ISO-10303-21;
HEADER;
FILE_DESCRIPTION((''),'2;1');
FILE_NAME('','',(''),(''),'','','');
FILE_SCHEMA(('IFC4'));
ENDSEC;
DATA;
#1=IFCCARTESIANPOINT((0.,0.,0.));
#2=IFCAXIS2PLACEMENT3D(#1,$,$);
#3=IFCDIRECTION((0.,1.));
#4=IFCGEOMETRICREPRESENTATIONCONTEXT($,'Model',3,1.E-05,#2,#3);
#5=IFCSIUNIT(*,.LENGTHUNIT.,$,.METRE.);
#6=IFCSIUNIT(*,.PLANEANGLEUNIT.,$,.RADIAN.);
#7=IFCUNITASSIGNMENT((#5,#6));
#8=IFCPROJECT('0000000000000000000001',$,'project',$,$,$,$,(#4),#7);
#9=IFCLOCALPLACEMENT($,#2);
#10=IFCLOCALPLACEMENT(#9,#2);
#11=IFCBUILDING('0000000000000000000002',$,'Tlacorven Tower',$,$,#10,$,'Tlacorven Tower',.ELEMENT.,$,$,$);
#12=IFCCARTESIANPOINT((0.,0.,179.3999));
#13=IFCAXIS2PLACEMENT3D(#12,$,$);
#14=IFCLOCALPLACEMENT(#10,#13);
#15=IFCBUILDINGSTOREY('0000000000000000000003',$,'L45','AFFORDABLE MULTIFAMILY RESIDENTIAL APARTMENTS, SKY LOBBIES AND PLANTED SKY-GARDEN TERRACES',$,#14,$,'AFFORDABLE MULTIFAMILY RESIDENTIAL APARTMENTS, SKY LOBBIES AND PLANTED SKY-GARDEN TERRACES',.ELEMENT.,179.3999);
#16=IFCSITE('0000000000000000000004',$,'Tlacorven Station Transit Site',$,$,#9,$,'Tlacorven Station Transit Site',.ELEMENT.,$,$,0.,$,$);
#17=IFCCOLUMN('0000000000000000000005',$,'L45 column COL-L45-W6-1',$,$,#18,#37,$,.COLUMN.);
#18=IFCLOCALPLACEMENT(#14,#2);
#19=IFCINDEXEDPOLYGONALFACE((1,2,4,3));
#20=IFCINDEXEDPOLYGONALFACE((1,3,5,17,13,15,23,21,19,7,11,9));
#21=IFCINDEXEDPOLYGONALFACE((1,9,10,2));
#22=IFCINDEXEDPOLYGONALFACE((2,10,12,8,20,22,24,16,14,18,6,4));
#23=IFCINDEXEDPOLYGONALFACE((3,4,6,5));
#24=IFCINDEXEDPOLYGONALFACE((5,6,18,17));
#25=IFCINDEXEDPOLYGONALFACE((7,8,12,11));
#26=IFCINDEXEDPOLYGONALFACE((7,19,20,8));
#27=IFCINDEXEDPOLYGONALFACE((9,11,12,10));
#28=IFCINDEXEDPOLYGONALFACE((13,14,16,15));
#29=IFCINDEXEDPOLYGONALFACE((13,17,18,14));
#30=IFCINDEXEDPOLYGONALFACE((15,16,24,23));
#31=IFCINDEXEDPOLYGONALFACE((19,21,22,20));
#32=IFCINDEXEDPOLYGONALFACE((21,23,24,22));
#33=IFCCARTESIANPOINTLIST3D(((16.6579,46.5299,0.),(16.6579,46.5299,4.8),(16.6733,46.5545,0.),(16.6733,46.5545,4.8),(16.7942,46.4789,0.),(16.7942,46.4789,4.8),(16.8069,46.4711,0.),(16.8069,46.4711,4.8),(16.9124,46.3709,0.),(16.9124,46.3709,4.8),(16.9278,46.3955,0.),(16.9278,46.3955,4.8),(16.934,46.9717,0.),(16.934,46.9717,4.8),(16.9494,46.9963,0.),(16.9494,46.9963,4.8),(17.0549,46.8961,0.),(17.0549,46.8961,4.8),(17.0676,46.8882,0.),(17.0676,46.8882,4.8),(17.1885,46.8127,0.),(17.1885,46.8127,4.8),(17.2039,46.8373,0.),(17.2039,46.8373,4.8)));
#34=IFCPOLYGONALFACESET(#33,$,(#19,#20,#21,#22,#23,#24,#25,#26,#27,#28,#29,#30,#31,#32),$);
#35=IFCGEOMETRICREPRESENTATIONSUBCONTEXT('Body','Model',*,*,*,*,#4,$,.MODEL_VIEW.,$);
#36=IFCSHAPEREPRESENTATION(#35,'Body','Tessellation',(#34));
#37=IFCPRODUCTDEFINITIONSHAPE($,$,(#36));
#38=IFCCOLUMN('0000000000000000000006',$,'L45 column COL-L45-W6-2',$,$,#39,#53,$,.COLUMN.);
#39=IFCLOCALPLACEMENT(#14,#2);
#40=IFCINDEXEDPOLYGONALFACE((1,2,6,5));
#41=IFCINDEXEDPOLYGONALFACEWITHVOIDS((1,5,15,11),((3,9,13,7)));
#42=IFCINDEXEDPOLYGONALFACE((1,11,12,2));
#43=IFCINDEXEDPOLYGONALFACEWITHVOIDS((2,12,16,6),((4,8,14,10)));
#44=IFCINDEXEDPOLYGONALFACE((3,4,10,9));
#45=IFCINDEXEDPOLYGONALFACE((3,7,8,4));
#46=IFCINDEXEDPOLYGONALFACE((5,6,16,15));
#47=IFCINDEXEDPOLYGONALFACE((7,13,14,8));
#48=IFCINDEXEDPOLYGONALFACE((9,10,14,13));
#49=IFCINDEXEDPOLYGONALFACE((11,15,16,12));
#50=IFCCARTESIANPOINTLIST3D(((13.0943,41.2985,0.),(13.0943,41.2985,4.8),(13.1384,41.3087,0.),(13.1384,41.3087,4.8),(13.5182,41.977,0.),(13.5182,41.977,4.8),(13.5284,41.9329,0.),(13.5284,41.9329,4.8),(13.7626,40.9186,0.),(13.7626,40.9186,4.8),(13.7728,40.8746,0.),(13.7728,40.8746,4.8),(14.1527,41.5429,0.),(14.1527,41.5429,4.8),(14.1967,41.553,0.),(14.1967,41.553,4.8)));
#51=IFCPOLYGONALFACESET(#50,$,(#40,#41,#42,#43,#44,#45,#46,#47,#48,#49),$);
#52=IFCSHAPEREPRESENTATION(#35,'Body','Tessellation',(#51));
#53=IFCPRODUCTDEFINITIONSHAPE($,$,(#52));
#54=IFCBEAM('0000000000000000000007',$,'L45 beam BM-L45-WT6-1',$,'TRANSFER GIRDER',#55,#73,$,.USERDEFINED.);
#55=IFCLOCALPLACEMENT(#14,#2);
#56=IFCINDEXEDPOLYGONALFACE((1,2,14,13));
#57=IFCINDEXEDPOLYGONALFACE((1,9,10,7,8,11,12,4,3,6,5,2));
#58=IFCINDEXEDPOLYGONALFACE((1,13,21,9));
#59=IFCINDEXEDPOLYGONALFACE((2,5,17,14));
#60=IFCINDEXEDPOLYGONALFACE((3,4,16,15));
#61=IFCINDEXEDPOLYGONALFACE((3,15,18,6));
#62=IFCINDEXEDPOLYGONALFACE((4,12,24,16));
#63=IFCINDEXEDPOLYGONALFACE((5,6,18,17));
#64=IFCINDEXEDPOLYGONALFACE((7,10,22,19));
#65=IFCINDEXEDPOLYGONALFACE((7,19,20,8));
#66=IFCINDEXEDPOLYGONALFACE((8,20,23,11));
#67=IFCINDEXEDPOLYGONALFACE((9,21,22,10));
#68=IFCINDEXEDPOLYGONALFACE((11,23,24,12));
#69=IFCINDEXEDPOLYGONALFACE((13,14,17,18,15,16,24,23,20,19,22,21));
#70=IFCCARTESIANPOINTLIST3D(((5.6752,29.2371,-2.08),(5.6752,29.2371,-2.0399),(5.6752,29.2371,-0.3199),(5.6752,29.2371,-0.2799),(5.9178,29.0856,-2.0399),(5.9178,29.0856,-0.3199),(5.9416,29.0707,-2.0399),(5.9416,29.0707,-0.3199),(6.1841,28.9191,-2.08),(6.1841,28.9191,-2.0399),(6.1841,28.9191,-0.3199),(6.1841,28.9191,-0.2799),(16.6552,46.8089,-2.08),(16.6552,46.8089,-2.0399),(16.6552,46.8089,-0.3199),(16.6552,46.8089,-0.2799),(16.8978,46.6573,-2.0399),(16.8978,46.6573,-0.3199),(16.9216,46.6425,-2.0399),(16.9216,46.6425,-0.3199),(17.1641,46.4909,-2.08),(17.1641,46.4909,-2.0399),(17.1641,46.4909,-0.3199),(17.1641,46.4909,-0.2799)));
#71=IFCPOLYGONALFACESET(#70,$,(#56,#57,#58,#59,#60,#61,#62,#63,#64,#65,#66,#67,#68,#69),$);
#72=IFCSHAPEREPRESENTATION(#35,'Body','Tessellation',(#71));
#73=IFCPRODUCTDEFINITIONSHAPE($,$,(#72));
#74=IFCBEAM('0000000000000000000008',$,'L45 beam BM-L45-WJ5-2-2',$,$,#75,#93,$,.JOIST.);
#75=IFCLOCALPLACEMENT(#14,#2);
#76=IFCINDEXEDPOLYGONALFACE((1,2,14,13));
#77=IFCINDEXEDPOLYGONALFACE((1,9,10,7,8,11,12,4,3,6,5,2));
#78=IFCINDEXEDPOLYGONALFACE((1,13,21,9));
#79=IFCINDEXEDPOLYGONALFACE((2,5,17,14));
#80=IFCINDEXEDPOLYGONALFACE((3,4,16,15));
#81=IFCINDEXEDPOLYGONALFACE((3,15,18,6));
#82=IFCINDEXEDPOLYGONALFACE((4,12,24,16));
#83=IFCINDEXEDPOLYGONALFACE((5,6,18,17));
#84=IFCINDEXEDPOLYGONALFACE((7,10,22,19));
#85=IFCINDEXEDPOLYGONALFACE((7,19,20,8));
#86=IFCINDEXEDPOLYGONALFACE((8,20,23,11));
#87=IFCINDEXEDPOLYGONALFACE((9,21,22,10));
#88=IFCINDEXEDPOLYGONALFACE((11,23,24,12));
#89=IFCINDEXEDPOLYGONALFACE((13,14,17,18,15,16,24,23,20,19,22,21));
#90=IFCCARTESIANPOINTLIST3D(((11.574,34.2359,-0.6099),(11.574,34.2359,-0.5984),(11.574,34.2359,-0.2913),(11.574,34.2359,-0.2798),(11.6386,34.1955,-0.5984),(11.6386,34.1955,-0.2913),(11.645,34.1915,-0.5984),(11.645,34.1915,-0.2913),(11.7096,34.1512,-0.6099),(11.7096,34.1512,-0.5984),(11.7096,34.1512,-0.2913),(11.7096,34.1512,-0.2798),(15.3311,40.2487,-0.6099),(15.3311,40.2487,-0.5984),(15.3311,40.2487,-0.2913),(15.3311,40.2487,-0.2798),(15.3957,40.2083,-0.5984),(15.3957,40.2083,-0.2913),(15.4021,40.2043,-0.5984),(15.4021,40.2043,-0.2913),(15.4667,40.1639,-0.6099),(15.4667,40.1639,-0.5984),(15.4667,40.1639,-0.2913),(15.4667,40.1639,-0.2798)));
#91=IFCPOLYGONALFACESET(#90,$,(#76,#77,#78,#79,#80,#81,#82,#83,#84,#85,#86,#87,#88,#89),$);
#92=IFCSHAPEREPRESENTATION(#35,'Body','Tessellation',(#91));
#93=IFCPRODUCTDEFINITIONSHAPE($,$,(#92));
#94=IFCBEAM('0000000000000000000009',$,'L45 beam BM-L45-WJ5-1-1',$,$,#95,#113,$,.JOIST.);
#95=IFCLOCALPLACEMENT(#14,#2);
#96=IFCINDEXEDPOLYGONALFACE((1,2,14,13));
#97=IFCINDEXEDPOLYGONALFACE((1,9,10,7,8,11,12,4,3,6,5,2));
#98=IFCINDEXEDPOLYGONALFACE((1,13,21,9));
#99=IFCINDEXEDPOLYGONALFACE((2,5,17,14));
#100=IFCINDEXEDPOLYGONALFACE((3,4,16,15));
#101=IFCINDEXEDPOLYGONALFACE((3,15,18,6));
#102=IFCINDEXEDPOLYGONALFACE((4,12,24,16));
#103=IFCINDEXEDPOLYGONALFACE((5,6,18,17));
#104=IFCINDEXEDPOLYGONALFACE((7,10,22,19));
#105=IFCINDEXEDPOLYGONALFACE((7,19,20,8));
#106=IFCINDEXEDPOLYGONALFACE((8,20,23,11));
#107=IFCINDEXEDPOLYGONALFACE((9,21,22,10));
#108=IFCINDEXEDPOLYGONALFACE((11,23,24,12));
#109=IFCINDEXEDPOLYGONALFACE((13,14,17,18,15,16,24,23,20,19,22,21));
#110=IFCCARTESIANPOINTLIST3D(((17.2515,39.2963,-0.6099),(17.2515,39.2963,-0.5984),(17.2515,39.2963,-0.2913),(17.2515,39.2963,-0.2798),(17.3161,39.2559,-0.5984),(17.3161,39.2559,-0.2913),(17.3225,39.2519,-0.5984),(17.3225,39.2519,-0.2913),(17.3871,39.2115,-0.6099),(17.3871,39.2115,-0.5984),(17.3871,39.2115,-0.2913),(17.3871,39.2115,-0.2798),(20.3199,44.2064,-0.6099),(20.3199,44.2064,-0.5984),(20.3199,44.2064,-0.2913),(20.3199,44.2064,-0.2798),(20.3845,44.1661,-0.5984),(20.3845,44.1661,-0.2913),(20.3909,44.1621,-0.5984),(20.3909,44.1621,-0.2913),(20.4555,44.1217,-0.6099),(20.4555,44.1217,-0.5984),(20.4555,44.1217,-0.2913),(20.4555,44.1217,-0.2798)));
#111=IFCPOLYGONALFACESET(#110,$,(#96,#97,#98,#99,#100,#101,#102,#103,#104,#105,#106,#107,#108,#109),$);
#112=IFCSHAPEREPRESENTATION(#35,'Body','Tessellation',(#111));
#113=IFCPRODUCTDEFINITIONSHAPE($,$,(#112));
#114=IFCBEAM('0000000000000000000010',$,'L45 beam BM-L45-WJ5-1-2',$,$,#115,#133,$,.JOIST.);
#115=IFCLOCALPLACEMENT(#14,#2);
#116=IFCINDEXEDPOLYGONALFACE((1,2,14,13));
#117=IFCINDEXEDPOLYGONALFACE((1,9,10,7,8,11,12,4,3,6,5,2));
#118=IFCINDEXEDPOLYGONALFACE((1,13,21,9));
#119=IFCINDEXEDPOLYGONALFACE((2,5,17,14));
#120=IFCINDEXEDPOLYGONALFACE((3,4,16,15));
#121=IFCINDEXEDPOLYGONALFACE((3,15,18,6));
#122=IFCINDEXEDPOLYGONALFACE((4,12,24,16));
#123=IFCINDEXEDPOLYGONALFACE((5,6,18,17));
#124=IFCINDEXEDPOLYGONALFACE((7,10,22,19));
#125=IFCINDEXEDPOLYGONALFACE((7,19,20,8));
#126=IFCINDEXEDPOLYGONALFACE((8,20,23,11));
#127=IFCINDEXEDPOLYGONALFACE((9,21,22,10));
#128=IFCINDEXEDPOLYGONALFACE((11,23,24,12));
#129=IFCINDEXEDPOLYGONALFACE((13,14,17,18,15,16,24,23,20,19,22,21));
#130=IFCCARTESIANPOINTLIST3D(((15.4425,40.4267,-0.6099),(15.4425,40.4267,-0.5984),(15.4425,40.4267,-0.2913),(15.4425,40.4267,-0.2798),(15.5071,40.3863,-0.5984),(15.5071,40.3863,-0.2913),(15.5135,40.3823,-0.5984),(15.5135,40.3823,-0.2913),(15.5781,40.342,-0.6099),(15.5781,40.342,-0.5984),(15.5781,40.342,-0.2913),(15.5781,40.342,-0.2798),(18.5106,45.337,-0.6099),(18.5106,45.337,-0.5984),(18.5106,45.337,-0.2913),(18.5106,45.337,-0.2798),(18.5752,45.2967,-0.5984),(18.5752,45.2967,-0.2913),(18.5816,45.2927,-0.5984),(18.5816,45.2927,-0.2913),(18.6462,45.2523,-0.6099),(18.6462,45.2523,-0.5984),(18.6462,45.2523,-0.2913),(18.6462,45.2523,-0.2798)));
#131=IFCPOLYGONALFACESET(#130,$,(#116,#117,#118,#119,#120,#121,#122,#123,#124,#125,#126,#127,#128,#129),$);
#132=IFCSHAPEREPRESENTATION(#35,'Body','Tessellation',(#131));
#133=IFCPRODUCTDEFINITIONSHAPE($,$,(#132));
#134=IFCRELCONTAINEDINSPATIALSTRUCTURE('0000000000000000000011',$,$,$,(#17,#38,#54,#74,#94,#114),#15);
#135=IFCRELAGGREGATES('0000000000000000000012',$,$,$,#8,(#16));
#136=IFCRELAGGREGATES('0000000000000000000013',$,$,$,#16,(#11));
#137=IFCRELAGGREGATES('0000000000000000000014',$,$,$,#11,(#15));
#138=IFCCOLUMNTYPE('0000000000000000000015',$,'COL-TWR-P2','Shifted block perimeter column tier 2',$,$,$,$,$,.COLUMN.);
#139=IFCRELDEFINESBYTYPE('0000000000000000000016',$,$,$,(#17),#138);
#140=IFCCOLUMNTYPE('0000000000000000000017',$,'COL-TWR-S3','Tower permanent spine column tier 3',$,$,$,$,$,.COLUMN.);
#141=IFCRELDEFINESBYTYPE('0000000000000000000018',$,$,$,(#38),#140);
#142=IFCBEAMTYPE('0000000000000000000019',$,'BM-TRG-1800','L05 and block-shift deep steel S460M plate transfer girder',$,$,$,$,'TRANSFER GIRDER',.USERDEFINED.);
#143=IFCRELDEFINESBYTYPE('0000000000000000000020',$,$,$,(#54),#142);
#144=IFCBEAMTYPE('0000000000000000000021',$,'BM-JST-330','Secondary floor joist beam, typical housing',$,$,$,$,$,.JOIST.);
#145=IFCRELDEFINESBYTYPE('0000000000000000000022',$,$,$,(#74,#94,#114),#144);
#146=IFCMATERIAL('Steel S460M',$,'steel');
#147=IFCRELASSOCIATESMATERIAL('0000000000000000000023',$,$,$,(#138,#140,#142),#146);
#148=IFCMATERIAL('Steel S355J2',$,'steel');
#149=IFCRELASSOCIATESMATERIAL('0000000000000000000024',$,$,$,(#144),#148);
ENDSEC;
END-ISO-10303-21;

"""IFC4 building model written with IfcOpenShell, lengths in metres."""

from ifc_helpers import new_model, si_unit, direction, frame, origin, origin_2d, place, context, subcontext, project, spatial, hollow_rectangle, i_section, extrude, source, transform, mapped, material, material_profile, profile_set, type_object, element, save


model = new_model("IFC4")

# Units and contexts
model_context = context("Model", 3, precision=1e-05, world=origin(), true_north=direction((0.0, 1.0)))
body_context = subcontext(model_context, "Body", "Model", "MODEL_VIEW")
ifc_project = project(units=[si_unit("LENGTHUNIT", "METRE"), si_unit("PLANEANGLEUNIT", "RADIAN")], contexts=[model_context])

# Site, building, storey
site_placement = place(None, origin())
site = spatial("IfcSite", under=ifc_project, at=site_placement, Name="Tlacorven Station Transit Site", LongName="Tlacorven Station Transit Site", CompositionType="ELEMENT", RefElevation=0.0)
building_placement = place(site_placement, origin())
building = spatial("IfcBuilding", under=site, at=building_placement, Name="Tlacorven Tower", LongName="Tlacorven Tower", CompositionType="ELEMENT")
storey_placement = place(building_placement, frame((0.0, 0.0, 179.3999)))
storey = spatial("IfcBuildingStorey", under=building, at=storey_placement, Name="L45", Description="AFFORDABLE MULTIFAMILY RESIDENTIAL APARTMENTS, SKY LOBBIES AND PLANTED SKY-GARDEN TERRACES", LongName="AFFORDABLE MULTIFAMILY RESIDENTIAL APARTMENTS, SKY LOBBIES AND PLANTED SKY-GARDEN TERRACES", CompositionType="ELEMENT", Elevation=179.3999)

# Columns
ifc_material_1 = material(Name="Steel S460M", Category="steel")
ifc_material_profile_1 = material_profile(ifc_material_1, i_section(OverallWidth=0.3, OverallDepth=0.55, WebThickness=0.0149, FlangeThickness=0.0291, at=origin_2d()), Name="HEB 550")
ifc_profile_set_1 = profile_set([ifc_material_profile_1], Name="Steel S460M")
column_type_1 = type_object("IfcColumnType", Name="COL-TWR-P2", Description="Shifted block perimeter column tier 2", PredefinedType="COLUMN", material=ifc_profile_set_1)
shared_shape_1 = source(origin(), body_context, "Body", "SweptSolid", [
    extrude(i_section(OverallWidth=0.3, OverallDepth=0.55, WebThickness=0.0149, FlangeThickness=0.0291, at=origin_2d()), origin(), (0.0, 0.0, 1.0), 4.8),
])
column_1_placement = place(storey_placement, frame((16.9309, 46.6836, 0.0), z_axis=(0.0, 0.0, 1.0), x_axis=(-0.848048, 0.529919, 0.0)))
element("IfcColumn", 1, at=column_1_placement, inside=storey, type_object=column_type_1, Name="L45 column COL-L45-W6-1", PredefinedType="COLUMN", context=body_context, shape_type="MappedRepresentation", body=[
    mapped(shared_shape_1, transform((0.0, 0.0, 0.0), scale=1.0)),
])
ifc_material_profile_2 = material_profile(ifc_material_1, hollow_rectangle(XDim=0.8, YDim=0.8, WallThickness=0.032, at=origin_2d()), Name="BOX 800X800X32")
ifc_profile_set_2 = profile_set([ifc_material_profile_2], Name="Steel S460M")
column_type_2 = type_object("IfcColumnType", Name="COL-TWR-S3", Description="Tower permanent spine column tier 3", PredefinedType="COLUMN", material=ifc_profile_set_2)
shared_shape_2 = source(origin(), body_context, "Body", "SweptSolid", [
    extrude(hollow_rectangle(XDim=0.8, YDim=0.8, WallThickness=0.032, at=origin_2d()), origin(), (0.0, 0.0, 1.0), 4.8),
])
column_2_placement = place(storey_placement, frame((13.6455, 41.4258, 0.0), z_axis=(0.0, 0.0, 1.0), x_axis=(-0.848048, 0.529919, 0.0)))
element("IfcColumn", 2, at=column_2_placement, inside=storey, type_object=column_type_2, Name="L45 column COL-L45-W6-2", PredefinedType="COLUMN", context=body_context, shape_type="MappedRepresentation", body=[
    mapped(shared_shape_2, transform((0.0, 0.0, 0.0), scale=1.0)),
])

# Beams
ifc_material_profile_3 = material_profile(ifc_material_1, i_section(OverallWidth=0.6001, OverallDepth=1.8, WebThickness=0.0281, FlangeThickness=0.04, at=origin_2d()), Name="PG 1800X600X28X40")
ifc_profile_set_3 = profile_set([ifc_material_profile_3], Name="Steel S460M")
beam_type_1 = type_object("IfcBeamType", Name="BM-TRG-1800", Description="L05 and block-shift deep steel S460M plate transfer girder", ElementType="TRANSFER GIRDER", PredefinedType="USERDEFINED", material=ifc_profile_set_3)
shared_shape_3 = source(origin(), body_context, "Body", "SweptSolid", [
    extrude(i_section(OverallWidth=0.6001, OverallDepth=1.8, WebThickness=0.0281, FlangeThickness=0.04, at=origin_2d()), origin(), (0.0, 0.0, 1.0), 20.7202),
])
beam_1_placement = place(storey_placement, frame((16.9097, 46.6499, -1.1799), z_axis=(-0.529916, -0.84805, 0.0), x_axis=(0.84805, -0.529916, 0.0)))
element("IfcBeam", 3, at=beam_1_placement, inside=storey, type_object=beam_type_1, Name="L45 beam BM-L45-WT6-1", ObjectType="TRANSFER GIRDER", PredefinedType="USERDEFINED", context=body_context, shape_type="MappedRepresentation", body=[
    mapped(shared_shape_3, transform((0.0, 0.0, 0.0), scale=1.0)),
])
ifc_material_2 = material(Name="Steel S355J2", Category="steel")
ifc_material_profile_4 = material_profile(ifc_material_2, i_section(OverallWidth=0.1599, OverallDepth=0.3301, WebThickness=0.0076, FlangeThickness=0.0115, at=origin_2d()), Name="IPE 330")
ifc_profile_set_4 = profile_set([ifc_material_profile_4], Name="Steel S355J2")
beam_type_2 = type_object("IfcBeamType", Name="BM-JST-330", Description="Secondary floor joist beam, typical housing", PredefinedType="JOIST", material=ifc_profile_set_4)
shared_shape_4 = source(origin(), body_context, "Body", "SweptSolid", [
    extrude(i_section(OverallWidth=0.1599, OverallDepth=0.3301, WebThickness=0.0076, FlangeThickness=0.0115, at=origin_2d()), origin(), (0.0, 0.0, 1.0), 7.0901),
])
beam_2_placement = place(storey_placement, frame((15.3989, 40.2063, -0.4448), z_axis=(-0.529912, -0.848052, 0.0), x_axis=(0.848052, -0.529912, 0.0)))
element("IfcBeam", 4, at=beam_2_placement, inside=storey, type_object=beam_type_2, Name="L45 beam BM-L45-WJ5-2-2", PredefinedType="JOIST", context=body_context, shape_type="MappedRepresentation", body=[
    mapped(shared_shape_4, transform((0.0, 0.0, 0.0), scale=1.0)),
])
shared_shape_5 = source(origin(), body_context, "Body", "SweptSolid", [
    extrude(i_section(OverallWidth=0.1599, OverallDepth=0.3301, WebThickness=0.0076, FlangeThickness=0.0115, at=origin_2d()), origin(), (0.0, 0.0, 1.0), 5.79),
])
for number, where, z_axis, x_axis, name in (
    (5, (20.3877, 44.1641, -0.4448), (-0.529938, -0.848036, 0.0), (0.848036, -0.529938, 0.0), "L45 beam BM-L45-WJ5-1-1"),
    (6, (18.5784, 45.2947, -0.4448), (-0.529889, -0.848067, 0.0), (0.848067, -0.529889, 0.0), "L45 beam BM-L45-WJ5-1-2"),
):
    element("IfcBeam", number, at=place(storey_placement, frame(where, z_axis=z_axis, x_axis=x_axis)), inside=storey, type_object=beam_type_2, Name=name, PredefinedType="JOIST", context=body_context, shape_type="MappedRepresentation", body=[
        mapped(shared_shape_5, transform((0.0, 0.0, 0.0), scale=1.0)),
    ])

save(model, "model.ifc")
